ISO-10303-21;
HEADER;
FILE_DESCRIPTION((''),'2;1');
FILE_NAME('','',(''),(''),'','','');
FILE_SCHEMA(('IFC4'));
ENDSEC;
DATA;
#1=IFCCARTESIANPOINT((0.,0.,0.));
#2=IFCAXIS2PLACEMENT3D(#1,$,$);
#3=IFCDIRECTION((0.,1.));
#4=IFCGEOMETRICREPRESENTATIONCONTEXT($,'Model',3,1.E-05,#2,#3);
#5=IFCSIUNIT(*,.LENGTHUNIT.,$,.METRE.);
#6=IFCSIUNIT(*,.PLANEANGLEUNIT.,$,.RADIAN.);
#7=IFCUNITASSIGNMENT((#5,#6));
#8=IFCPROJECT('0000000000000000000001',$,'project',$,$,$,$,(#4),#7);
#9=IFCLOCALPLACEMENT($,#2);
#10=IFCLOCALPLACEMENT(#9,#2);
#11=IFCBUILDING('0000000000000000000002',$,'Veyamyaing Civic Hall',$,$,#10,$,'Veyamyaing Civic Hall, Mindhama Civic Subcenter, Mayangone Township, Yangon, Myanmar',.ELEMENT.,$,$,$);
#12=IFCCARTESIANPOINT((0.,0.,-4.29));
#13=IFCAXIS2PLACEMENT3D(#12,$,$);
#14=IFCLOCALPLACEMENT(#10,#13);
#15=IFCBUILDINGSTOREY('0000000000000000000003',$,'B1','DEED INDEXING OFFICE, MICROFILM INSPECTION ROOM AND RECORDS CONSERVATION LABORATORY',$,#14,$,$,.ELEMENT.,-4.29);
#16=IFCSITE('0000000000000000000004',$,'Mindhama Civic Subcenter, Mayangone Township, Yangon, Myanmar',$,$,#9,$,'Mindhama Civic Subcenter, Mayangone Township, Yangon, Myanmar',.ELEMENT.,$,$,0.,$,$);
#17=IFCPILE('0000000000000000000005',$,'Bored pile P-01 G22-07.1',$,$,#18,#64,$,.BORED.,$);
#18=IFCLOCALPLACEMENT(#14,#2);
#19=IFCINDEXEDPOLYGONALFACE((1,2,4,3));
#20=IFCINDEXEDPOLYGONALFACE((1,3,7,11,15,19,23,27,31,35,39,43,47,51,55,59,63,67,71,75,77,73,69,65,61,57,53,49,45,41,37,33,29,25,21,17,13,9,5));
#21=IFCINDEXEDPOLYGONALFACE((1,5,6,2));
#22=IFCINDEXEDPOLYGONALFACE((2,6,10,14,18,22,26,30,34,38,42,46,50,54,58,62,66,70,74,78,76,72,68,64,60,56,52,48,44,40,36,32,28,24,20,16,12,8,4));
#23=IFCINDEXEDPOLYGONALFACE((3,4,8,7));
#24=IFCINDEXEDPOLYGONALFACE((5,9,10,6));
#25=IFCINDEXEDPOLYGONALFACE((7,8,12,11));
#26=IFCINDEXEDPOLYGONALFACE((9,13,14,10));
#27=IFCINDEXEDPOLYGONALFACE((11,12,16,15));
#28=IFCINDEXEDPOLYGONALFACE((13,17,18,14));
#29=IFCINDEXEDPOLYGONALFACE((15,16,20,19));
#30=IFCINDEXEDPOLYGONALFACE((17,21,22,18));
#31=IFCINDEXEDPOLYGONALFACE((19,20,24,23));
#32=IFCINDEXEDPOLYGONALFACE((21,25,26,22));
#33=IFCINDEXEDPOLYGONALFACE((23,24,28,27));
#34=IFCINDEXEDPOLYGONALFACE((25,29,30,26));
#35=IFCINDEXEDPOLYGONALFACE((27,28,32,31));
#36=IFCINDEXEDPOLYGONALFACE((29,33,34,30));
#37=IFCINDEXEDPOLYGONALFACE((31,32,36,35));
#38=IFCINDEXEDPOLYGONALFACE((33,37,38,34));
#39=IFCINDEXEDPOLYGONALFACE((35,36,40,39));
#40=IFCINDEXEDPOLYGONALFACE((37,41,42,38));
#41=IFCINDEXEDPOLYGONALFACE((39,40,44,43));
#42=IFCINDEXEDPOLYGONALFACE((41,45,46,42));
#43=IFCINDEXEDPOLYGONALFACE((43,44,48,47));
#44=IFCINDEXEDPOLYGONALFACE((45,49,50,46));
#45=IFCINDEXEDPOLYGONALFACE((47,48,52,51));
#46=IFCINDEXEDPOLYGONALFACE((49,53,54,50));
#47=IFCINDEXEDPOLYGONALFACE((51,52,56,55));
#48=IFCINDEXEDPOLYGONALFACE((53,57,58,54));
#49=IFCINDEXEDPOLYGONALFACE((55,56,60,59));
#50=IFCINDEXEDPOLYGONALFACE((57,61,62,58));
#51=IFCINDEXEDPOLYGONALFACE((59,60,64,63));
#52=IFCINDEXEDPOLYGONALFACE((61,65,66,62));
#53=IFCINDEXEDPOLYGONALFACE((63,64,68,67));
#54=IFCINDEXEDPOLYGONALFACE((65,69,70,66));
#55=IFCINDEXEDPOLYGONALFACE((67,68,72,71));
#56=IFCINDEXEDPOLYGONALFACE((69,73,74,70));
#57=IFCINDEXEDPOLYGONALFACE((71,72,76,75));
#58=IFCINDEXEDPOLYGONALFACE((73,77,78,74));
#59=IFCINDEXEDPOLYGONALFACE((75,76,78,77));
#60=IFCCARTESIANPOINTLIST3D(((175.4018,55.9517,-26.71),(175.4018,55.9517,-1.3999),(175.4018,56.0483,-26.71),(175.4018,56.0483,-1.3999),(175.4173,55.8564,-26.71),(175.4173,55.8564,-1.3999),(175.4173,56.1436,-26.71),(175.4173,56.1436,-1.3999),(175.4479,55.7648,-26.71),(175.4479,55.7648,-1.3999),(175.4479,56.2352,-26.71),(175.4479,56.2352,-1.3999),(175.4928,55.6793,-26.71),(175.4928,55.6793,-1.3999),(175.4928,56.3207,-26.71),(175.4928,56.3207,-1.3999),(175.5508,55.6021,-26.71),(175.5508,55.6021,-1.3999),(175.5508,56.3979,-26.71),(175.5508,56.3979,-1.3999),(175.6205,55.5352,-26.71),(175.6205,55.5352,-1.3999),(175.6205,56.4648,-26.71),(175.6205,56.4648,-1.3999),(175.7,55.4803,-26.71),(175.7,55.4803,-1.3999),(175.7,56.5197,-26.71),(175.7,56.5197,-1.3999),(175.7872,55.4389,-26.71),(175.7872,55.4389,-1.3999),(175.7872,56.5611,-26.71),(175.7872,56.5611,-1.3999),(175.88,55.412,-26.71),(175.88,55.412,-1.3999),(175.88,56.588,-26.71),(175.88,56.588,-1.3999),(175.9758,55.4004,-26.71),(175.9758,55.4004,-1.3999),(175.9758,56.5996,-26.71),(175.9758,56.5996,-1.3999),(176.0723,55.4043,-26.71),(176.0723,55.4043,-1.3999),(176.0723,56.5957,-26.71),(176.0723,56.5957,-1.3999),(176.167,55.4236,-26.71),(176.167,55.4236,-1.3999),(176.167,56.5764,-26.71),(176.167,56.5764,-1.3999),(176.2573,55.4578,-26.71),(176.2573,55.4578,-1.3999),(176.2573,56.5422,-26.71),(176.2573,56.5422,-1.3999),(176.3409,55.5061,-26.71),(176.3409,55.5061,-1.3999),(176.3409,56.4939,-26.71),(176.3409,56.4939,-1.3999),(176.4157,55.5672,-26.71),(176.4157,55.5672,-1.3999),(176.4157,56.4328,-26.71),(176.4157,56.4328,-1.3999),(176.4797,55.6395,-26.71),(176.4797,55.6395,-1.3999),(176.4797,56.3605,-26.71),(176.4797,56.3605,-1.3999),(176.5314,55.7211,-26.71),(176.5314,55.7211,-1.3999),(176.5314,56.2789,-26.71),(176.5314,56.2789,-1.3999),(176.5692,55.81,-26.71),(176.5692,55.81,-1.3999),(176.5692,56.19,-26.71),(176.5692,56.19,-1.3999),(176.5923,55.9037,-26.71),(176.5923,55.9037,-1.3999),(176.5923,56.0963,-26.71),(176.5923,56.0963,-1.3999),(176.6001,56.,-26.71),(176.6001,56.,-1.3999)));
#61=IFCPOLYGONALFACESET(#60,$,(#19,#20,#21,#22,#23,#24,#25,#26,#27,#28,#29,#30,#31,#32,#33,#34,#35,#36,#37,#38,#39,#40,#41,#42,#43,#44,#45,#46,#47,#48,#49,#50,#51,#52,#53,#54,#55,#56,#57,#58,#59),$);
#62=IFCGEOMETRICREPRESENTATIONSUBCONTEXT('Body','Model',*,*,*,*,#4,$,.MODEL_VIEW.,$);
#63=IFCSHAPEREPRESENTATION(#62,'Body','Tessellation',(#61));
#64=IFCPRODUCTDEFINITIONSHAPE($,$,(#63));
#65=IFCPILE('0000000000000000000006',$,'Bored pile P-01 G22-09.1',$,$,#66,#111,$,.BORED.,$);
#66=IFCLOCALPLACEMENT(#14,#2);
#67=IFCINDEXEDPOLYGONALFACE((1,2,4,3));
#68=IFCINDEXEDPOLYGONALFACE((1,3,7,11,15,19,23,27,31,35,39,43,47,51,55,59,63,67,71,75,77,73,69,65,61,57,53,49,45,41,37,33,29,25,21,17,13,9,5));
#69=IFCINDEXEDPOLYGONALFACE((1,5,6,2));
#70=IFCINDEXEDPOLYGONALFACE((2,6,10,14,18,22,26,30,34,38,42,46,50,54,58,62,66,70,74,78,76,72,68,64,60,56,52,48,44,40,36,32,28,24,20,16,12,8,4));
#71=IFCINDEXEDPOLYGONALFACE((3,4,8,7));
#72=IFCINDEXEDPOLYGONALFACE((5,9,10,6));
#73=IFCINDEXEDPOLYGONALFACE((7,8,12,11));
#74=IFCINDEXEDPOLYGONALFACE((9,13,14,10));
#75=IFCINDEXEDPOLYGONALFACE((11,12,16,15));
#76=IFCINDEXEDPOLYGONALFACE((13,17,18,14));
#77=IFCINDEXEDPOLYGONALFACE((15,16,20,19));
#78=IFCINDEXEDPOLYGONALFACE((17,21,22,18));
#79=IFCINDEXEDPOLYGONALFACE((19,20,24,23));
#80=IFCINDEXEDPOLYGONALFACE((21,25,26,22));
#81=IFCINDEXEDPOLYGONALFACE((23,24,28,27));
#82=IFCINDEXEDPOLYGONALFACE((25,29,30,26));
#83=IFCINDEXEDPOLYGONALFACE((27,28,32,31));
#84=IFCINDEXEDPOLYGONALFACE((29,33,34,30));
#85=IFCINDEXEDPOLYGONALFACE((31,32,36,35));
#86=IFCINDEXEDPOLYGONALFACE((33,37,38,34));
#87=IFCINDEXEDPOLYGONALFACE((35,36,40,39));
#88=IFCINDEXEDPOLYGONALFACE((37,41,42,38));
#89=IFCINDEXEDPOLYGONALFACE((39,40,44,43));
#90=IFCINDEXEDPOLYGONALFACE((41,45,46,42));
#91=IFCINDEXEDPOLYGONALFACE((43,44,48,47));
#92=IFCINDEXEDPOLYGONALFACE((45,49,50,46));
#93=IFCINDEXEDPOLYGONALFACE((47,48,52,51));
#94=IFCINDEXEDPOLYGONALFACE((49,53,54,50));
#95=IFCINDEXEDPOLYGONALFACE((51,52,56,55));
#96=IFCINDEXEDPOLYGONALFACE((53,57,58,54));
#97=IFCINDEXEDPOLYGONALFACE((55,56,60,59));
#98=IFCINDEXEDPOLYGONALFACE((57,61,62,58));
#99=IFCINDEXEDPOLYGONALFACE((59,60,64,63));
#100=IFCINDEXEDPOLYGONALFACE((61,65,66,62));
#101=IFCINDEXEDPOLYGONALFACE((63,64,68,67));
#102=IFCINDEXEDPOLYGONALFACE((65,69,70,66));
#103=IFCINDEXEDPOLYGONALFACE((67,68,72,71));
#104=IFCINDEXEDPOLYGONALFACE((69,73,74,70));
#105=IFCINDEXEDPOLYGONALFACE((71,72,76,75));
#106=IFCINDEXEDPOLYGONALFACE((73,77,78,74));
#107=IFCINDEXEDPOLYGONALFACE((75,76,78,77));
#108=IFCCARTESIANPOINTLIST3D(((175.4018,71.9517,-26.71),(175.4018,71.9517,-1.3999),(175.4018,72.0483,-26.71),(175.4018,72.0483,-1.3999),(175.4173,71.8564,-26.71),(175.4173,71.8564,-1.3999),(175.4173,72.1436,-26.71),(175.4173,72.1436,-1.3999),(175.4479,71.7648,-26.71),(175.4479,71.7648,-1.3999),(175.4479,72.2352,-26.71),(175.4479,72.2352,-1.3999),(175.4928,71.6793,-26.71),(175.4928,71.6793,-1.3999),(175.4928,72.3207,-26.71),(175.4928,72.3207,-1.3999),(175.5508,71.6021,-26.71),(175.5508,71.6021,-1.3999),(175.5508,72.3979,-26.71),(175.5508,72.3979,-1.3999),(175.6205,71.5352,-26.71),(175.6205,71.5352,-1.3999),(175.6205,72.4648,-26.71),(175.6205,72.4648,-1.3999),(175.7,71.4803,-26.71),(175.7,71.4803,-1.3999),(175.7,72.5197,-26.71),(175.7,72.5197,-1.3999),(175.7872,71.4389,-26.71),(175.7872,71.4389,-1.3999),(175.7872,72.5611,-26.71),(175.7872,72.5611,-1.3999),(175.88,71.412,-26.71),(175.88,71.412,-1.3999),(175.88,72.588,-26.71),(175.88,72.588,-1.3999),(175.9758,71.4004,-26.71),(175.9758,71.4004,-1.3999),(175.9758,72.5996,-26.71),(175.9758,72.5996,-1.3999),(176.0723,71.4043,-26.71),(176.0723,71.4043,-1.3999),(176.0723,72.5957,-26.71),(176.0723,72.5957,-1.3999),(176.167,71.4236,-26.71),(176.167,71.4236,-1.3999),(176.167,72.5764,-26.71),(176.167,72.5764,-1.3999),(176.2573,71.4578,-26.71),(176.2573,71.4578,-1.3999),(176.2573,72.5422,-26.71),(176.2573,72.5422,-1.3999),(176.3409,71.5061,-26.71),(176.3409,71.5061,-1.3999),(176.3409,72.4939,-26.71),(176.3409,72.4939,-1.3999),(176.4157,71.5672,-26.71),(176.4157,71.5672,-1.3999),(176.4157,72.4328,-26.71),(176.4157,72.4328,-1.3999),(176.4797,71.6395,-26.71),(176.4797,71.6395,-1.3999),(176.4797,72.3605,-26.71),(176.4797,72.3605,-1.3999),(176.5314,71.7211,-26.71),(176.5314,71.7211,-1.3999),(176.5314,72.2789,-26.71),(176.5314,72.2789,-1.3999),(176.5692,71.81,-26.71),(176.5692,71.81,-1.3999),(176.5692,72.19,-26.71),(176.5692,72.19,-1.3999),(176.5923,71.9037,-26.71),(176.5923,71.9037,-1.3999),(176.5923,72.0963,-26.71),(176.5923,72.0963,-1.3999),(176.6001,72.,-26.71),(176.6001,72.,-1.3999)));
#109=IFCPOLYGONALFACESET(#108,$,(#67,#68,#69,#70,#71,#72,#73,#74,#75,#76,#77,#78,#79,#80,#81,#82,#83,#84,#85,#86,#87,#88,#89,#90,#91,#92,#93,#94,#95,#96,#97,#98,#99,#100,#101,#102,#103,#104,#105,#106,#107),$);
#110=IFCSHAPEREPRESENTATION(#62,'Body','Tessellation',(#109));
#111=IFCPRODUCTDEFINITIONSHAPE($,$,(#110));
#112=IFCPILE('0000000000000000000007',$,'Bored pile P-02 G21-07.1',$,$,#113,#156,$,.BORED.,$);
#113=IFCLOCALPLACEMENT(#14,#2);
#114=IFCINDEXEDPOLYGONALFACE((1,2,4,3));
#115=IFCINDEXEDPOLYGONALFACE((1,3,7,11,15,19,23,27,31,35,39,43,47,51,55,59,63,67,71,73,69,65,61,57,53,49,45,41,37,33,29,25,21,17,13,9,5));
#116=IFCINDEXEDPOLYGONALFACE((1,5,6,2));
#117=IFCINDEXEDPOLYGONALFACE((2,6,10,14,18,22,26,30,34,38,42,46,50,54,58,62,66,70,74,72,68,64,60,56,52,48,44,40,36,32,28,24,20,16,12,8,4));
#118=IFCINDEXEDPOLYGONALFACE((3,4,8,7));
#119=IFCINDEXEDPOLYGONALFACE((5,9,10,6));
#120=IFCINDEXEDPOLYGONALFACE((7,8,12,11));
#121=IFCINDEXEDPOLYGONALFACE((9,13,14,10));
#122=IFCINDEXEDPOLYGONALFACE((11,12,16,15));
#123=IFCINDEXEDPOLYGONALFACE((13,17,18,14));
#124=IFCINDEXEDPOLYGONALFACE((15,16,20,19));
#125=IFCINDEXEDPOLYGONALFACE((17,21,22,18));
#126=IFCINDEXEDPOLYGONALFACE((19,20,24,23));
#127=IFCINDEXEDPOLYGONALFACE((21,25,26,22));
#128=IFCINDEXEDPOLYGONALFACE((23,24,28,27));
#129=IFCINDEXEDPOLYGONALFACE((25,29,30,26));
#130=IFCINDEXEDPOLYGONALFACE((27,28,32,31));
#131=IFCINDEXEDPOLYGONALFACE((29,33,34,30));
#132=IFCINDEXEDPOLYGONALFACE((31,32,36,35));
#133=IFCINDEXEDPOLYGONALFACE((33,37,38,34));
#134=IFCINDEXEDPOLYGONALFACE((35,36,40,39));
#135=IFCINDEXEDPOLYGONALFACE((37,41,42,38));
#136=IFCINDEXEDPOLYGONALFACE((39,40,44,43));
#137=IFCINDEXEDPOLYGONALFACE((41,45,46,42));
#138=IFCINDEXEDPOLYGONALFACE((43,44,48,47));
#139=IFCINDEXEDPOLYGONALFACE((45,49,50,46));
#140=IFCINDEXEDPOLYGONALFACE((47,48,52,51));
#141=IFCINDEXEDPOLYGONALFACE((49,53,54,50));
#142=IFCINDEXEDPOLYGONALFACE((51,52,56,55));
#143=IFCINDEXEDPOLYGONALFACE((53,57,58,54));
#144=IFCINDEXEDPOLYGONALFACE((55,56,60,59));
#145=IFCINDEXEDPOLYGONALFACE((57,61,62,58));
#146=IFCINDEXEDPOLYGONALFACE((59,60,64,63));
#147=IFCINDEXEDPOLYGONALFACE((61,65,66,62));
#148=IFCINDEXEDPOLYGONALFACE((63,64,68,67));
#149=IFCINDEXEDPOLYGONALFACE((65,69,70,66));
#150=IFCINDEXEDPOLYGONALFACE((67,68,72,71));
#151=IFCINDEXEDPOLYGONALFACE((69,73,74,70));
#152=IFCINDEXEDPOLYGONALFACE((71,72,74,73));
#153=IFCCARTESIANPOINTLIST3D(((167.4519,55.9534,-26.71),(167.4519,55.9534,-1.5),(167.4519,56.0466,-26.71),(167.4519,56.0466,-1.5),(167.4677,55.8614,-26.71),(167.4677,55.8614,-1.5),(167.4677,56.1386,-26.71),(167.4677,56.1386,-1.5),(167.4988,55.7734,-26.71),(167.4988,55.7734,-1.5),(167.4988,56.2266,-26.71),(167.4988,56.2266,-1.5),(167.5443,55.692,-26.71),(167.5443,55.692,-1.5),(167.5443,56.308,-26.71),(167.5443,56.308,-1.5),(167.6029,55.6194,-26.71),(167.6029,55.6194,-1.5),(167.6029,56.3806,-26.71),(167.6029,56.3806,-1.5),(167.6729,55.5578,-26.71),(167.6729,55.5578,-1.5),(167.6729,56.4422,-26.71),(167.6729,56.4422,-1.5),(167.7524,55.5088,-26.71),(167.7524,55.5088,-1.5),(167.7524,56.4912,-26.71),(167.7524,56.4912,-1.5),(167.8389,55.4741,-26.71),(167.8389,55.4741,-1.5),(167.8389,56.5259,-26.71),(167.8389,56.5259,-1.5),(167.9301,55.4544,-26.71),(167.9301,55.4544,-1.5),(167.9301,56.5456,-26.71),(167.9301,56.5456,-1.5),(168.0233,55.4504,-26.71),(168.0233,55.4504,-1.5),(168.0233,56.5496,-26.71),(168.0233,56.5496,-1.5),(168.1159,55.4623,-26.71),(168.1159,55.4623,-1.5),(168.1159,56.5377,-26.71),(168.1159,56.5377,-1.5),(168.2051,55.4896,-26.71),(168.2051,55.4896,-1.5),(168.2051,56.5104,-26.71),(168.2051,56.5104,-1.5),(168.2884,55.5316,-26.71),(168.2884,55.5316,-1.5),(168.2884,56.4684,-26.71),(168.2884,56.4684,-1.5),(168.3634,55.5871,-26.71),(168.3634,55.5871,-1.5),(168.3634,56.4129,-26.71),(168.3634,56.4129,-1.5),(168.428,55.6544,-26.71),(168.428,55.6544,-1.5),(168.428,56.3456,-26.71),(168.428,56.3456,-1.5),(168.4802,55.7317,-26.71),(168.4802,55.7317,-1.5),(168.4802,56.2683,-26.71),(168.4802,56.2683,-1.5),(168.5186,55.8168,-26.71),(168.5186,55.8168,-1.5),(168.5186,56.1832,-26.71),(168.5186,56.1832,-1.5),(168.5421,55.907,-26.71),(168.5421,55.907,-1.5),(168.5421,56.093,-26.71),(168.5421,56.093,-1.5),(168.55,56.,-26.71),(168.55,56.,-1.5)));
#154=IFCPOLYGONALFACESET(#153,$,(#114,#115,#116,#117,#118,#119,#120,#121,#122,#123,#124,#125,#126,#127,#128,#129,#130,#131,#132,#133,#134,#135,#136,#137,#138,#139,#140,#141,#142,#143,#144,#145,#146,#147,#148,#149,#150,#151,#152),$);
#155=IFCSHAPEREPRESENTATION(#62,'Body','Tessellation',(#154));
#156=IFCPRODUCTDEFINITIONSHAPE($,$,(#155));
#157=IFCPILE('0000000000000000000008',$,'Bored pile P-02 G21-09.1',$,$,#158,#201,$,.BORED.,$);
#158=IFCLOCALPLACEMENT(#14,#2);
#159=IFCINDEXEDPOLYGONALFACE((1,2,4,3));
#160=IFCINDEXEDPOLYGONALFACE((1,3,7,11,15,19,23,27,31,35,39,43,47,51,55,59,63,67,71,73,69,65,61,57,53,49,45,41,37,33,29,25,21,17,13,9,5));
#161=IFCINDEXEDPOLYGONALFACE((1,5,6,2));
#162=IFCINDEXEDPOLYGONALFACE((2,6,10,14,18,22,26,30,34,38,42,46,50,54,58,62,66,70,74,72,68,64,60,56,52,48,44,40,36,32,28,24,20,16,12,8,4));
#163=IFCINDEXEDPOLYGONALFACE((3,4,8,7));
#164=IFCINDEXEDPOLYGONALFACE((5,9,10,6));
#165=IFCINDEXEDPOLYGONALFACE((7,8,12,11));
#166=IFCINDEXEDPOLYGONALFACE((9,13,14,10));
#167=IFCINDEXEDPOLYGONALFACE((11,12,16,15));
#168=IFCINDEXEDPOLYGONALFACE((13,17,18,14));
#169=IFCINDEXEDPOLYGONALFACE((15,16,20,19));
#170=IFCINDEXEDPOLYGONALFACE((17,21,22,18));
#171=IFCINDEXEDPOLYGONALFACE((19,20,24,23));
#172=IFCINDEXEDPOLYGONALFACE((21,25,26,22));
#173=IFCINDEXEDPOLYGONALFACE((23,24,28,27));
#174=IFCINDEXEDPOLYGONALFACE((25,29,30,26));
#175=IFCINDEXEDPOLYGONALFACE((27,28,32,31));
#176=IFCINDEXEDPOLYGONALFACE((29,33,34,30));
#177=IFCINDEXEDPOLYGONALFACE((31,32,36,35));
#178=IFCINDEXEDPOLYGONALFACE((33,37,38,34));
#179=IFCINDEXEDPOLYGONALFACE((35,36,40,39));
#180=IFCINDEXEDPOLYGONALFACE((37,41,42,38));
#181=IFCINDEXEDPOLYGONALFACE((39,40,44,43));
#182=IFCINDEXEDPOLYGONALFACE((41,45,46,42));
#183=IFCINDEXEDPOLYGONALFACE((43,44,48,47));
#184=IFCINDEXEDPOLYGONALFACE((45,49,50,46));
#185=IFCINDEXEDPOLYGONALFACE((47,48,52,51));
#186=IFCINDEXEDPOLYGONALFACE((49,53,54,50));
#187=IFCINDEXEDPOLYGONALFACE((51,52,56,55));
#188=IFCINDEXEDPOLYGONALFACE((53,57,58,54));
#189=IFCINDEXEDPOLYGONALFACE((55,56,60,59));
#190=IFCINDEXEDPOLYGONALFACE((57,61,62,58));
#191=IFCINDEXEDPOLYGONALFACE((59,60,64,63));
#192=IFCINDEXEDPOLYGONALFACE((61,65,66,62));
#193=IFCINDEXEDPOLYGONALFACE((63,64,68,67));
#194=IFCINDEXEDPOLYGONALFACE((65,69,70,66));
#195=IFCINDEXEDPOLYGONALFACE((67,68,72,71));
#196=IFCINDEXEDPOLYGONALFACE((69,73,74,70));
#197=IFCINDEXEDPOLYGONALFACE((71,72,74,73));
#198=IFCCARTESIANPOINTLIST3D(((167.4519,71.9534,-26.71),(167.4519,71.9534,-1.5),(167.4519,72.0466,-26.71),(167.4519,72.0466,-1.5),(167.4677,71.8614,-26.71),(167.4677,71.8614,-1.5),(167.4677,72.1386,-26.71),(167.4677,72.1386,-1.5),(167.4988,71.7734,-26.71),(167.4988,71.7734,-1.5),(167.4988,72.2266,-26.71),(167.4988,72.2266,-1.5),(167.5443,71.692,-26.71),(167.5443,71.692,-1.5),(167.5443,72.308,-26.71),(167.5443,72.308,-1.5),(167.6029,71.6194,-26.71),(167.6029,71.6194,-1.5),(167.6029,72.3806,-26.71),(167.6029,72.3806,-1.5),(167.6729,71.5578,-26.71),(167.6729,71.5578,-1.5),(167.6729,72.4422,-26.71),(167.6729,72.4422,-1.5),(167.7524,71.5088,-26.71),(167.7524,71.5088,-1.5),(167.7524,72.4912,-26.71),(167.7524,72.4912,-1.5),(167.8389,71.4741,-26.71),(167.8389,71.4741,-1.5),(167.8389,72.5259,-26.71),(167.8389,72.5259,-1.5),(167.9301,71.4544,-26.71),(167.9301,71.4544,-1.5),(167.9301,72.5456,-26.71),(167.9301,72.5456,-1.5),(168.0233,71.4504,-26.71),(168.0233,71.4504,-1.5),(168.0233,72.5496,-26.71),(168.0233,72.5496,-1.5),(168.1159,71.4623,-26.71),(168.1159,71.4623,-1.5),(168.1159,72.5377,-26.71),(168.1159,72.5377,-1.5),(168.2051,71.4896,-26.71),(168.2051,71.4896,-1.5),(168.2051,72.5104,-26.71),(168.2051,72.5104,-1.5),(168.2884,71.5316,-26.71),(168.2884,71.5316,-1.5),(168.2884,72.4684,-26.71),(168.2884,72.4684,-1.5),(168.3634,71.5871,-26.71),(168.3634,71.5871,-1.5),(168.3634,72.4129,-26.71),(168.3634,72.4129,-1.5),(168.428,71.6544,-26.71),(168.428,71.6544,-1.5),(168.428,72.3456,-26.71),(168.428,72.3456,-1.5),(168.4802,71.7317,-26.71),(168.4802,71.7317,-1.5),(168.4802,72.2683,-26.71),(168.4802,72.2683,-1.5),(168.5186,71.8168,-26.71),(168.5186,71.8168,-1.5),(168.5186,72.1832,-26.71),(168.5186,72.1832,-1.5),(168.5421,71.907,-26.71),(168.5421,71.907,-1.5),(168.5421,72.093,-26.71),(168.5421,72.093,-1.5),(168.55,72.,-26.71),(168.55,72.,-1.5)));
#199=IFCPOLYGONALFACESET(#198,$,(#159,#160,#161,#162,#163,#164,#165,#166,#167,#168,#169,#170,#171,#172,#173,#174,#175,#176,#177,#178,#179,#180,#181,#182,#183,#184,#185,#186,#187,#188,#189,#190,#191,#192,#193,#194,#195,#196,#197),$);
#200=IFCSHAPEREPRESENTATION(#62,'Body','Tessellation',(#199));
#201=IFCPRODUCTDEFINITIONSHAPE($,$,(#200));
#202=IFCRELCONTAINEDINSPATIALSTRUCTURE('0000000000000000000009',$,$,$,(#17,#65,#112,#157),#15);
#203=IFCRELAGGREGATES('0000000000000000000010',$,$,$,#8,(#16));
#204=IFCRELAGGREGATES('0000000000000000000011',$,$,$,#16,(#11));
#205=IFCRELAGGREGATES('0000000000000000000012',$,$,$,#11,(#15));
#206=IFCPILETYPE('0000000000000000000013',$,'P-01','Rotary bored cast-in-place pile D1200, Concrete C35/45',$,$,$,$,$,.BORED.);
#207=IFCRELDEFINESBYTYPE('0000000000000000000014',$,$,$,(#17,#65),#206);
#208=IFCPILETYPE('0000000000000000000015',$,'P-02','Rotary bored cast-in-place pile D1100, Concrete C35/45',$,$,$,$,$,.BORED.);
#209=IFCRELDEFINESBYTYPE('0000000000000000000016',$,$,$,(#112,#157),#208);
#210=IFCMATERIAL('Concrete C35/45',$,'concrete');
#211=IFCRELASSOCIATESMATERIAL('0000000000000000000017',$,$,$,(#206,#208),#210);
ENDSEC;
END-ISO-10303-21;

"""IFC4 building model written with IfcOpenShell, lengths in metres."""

from ifc_helpers import new_model, si_unit, direction, frame, origin, origin_2d, place, context, subcontext, project, spatial, circle, extrude, material, material_profile, profile_set, type_object, element, save


model = new_model("IFC4")

# Units and contexts
model_context = context("Model", 3, precision=1e-05, world=origin(), true_north=direction((0.0, 1.0)))
body_context = subcontext(model_context, "Body", "Model", "MODEL_VIEW")
ifc_project = project(units=[si_unit("LENGTHUNIT", "METRE"), si_unit("PLANEANGLEUNIT", "RADIAN")], contexts=[model_context])

# Site, building, storey
site_placement = place(None, origin())
site = spatial("IfcSite", under=ifc_project, at=site_placement, Name="Mindhama Civic Subcenter, Mayangone Township, Yangon, Myanmar", LongName="Mindhama Civic Subcenter, Mayangone Township, Yangon, Myanmar", CompositionType="ELEMENT", RefElevation=0.0)
building_placement = place(site_placement, origin())
building = spatial("IfcBuilding", under=site, at=building_placement, Name="Veyamyaing Civic Hall", LongName="Veyamyaing Civic Hall, Mindhama Civic Subcenter, Mayangone Township, Yangon, Myanmar", CompositionType="ELEMENT")
storey_placement = place(building_placement, frame((0.0, 0.0, -4.29)))
storey = spatial("IfcBuildingStorey", under=building, at=storey_placement, Name="B1", Description="DEED INDEXING OFFICE, MICROFILM INSPECTION ROOM AND RECORDS CONSERVATION LABORATORY", CompositionType="ELEMENT", Elevation=-4.29)

# Piles
ifc_material_1 = material(Name="Concrete C35/45", Category="concrete")
ifc_material_profile_1 = material_profile(ifc_material_1, circle(Radius=0.6001, at=origin_2d()), Name="PILE-D1200")
ifc_profile_set_1 = profile_set([ifc_material_profile_1], Name="Concrete C35/45")
pile_type_1 = type_object("IfcPileType", Name="P-01", Description="Rotary bored cast-in-place pile D1200, Concrete C35/45", PredefinedType="BORED", material=ifc_profile_set_1)
for number, where, z_axis, x_axis, name in (
    (1, (176.0, 56.0, -1.3999), (0.0, 0.0, -1.0), (1.0, 0.0, 0.0), "Bored pile P-01 G22-07.1"),
    (2, (176.0, 72.0, -1.3999), (0.0, 0.0, -1.0), (1.0, 0.0, 0.0), "Bored pile P-01 G22-09.1"),
):
    element("IfcPile", number, at=place(storey_placement, frame(where, z_axis=z_axis, x_axis=x_axis)), inside=storey, type_object=pile_type_1, Name=name, PredefinedType="BORED", context=body_context, shape_type="SweptSolid", body=[
        extrude(circle(Radius=0.6001, at=origin_2d()), origin(), (0.0, 0.0, 1.0), 25.3101),
    ])
ifc_material_profile_2 = material_profile(ifc_material_1, circle(Radius=0.55, at=origin_2d()), Name="PILE-D1100")
ifc_profile_set_2 = profile_set([ifc_material_profile_2], Name="Concrete C35/45")
pile_type_2 = type_object("IfcPileType", Name="P-02", Description="Rotary bored cast-in-place pile D1100, Concrete C35/45", PredefinedType="BORED", material=ifc_profile_set_2)
for number, where, z_axis, x_axis, name in (
    (3, (168.0, 56.0, -1.5), (0.0, 0.0, -1.0), (1.0, 0.0, 0.0), "Bored pile P-02 G21-07.1"),
    (4, (168.0, 72.0, -1.5), (0.0, 0.0, -1.0), (1.0, 0.0, 0.0), "Bored pile P-02 G21-09.1"),
):
    element("IfcPile", number, at=place(storey_placement, frame(where, z_axis=z_axis, x_axis=x_axis)), inside=storey, type_object=pile_type_2, Name=name, PredefinedType="BORED", context=body_context, shape_type="SweptSolid", body=[
        extrude(circle(Radius=0.55, at=origin_2d()), origin(), (0.0, 0.0, 1.0), 25.21),
    ])

save(model, "model.ifc")
